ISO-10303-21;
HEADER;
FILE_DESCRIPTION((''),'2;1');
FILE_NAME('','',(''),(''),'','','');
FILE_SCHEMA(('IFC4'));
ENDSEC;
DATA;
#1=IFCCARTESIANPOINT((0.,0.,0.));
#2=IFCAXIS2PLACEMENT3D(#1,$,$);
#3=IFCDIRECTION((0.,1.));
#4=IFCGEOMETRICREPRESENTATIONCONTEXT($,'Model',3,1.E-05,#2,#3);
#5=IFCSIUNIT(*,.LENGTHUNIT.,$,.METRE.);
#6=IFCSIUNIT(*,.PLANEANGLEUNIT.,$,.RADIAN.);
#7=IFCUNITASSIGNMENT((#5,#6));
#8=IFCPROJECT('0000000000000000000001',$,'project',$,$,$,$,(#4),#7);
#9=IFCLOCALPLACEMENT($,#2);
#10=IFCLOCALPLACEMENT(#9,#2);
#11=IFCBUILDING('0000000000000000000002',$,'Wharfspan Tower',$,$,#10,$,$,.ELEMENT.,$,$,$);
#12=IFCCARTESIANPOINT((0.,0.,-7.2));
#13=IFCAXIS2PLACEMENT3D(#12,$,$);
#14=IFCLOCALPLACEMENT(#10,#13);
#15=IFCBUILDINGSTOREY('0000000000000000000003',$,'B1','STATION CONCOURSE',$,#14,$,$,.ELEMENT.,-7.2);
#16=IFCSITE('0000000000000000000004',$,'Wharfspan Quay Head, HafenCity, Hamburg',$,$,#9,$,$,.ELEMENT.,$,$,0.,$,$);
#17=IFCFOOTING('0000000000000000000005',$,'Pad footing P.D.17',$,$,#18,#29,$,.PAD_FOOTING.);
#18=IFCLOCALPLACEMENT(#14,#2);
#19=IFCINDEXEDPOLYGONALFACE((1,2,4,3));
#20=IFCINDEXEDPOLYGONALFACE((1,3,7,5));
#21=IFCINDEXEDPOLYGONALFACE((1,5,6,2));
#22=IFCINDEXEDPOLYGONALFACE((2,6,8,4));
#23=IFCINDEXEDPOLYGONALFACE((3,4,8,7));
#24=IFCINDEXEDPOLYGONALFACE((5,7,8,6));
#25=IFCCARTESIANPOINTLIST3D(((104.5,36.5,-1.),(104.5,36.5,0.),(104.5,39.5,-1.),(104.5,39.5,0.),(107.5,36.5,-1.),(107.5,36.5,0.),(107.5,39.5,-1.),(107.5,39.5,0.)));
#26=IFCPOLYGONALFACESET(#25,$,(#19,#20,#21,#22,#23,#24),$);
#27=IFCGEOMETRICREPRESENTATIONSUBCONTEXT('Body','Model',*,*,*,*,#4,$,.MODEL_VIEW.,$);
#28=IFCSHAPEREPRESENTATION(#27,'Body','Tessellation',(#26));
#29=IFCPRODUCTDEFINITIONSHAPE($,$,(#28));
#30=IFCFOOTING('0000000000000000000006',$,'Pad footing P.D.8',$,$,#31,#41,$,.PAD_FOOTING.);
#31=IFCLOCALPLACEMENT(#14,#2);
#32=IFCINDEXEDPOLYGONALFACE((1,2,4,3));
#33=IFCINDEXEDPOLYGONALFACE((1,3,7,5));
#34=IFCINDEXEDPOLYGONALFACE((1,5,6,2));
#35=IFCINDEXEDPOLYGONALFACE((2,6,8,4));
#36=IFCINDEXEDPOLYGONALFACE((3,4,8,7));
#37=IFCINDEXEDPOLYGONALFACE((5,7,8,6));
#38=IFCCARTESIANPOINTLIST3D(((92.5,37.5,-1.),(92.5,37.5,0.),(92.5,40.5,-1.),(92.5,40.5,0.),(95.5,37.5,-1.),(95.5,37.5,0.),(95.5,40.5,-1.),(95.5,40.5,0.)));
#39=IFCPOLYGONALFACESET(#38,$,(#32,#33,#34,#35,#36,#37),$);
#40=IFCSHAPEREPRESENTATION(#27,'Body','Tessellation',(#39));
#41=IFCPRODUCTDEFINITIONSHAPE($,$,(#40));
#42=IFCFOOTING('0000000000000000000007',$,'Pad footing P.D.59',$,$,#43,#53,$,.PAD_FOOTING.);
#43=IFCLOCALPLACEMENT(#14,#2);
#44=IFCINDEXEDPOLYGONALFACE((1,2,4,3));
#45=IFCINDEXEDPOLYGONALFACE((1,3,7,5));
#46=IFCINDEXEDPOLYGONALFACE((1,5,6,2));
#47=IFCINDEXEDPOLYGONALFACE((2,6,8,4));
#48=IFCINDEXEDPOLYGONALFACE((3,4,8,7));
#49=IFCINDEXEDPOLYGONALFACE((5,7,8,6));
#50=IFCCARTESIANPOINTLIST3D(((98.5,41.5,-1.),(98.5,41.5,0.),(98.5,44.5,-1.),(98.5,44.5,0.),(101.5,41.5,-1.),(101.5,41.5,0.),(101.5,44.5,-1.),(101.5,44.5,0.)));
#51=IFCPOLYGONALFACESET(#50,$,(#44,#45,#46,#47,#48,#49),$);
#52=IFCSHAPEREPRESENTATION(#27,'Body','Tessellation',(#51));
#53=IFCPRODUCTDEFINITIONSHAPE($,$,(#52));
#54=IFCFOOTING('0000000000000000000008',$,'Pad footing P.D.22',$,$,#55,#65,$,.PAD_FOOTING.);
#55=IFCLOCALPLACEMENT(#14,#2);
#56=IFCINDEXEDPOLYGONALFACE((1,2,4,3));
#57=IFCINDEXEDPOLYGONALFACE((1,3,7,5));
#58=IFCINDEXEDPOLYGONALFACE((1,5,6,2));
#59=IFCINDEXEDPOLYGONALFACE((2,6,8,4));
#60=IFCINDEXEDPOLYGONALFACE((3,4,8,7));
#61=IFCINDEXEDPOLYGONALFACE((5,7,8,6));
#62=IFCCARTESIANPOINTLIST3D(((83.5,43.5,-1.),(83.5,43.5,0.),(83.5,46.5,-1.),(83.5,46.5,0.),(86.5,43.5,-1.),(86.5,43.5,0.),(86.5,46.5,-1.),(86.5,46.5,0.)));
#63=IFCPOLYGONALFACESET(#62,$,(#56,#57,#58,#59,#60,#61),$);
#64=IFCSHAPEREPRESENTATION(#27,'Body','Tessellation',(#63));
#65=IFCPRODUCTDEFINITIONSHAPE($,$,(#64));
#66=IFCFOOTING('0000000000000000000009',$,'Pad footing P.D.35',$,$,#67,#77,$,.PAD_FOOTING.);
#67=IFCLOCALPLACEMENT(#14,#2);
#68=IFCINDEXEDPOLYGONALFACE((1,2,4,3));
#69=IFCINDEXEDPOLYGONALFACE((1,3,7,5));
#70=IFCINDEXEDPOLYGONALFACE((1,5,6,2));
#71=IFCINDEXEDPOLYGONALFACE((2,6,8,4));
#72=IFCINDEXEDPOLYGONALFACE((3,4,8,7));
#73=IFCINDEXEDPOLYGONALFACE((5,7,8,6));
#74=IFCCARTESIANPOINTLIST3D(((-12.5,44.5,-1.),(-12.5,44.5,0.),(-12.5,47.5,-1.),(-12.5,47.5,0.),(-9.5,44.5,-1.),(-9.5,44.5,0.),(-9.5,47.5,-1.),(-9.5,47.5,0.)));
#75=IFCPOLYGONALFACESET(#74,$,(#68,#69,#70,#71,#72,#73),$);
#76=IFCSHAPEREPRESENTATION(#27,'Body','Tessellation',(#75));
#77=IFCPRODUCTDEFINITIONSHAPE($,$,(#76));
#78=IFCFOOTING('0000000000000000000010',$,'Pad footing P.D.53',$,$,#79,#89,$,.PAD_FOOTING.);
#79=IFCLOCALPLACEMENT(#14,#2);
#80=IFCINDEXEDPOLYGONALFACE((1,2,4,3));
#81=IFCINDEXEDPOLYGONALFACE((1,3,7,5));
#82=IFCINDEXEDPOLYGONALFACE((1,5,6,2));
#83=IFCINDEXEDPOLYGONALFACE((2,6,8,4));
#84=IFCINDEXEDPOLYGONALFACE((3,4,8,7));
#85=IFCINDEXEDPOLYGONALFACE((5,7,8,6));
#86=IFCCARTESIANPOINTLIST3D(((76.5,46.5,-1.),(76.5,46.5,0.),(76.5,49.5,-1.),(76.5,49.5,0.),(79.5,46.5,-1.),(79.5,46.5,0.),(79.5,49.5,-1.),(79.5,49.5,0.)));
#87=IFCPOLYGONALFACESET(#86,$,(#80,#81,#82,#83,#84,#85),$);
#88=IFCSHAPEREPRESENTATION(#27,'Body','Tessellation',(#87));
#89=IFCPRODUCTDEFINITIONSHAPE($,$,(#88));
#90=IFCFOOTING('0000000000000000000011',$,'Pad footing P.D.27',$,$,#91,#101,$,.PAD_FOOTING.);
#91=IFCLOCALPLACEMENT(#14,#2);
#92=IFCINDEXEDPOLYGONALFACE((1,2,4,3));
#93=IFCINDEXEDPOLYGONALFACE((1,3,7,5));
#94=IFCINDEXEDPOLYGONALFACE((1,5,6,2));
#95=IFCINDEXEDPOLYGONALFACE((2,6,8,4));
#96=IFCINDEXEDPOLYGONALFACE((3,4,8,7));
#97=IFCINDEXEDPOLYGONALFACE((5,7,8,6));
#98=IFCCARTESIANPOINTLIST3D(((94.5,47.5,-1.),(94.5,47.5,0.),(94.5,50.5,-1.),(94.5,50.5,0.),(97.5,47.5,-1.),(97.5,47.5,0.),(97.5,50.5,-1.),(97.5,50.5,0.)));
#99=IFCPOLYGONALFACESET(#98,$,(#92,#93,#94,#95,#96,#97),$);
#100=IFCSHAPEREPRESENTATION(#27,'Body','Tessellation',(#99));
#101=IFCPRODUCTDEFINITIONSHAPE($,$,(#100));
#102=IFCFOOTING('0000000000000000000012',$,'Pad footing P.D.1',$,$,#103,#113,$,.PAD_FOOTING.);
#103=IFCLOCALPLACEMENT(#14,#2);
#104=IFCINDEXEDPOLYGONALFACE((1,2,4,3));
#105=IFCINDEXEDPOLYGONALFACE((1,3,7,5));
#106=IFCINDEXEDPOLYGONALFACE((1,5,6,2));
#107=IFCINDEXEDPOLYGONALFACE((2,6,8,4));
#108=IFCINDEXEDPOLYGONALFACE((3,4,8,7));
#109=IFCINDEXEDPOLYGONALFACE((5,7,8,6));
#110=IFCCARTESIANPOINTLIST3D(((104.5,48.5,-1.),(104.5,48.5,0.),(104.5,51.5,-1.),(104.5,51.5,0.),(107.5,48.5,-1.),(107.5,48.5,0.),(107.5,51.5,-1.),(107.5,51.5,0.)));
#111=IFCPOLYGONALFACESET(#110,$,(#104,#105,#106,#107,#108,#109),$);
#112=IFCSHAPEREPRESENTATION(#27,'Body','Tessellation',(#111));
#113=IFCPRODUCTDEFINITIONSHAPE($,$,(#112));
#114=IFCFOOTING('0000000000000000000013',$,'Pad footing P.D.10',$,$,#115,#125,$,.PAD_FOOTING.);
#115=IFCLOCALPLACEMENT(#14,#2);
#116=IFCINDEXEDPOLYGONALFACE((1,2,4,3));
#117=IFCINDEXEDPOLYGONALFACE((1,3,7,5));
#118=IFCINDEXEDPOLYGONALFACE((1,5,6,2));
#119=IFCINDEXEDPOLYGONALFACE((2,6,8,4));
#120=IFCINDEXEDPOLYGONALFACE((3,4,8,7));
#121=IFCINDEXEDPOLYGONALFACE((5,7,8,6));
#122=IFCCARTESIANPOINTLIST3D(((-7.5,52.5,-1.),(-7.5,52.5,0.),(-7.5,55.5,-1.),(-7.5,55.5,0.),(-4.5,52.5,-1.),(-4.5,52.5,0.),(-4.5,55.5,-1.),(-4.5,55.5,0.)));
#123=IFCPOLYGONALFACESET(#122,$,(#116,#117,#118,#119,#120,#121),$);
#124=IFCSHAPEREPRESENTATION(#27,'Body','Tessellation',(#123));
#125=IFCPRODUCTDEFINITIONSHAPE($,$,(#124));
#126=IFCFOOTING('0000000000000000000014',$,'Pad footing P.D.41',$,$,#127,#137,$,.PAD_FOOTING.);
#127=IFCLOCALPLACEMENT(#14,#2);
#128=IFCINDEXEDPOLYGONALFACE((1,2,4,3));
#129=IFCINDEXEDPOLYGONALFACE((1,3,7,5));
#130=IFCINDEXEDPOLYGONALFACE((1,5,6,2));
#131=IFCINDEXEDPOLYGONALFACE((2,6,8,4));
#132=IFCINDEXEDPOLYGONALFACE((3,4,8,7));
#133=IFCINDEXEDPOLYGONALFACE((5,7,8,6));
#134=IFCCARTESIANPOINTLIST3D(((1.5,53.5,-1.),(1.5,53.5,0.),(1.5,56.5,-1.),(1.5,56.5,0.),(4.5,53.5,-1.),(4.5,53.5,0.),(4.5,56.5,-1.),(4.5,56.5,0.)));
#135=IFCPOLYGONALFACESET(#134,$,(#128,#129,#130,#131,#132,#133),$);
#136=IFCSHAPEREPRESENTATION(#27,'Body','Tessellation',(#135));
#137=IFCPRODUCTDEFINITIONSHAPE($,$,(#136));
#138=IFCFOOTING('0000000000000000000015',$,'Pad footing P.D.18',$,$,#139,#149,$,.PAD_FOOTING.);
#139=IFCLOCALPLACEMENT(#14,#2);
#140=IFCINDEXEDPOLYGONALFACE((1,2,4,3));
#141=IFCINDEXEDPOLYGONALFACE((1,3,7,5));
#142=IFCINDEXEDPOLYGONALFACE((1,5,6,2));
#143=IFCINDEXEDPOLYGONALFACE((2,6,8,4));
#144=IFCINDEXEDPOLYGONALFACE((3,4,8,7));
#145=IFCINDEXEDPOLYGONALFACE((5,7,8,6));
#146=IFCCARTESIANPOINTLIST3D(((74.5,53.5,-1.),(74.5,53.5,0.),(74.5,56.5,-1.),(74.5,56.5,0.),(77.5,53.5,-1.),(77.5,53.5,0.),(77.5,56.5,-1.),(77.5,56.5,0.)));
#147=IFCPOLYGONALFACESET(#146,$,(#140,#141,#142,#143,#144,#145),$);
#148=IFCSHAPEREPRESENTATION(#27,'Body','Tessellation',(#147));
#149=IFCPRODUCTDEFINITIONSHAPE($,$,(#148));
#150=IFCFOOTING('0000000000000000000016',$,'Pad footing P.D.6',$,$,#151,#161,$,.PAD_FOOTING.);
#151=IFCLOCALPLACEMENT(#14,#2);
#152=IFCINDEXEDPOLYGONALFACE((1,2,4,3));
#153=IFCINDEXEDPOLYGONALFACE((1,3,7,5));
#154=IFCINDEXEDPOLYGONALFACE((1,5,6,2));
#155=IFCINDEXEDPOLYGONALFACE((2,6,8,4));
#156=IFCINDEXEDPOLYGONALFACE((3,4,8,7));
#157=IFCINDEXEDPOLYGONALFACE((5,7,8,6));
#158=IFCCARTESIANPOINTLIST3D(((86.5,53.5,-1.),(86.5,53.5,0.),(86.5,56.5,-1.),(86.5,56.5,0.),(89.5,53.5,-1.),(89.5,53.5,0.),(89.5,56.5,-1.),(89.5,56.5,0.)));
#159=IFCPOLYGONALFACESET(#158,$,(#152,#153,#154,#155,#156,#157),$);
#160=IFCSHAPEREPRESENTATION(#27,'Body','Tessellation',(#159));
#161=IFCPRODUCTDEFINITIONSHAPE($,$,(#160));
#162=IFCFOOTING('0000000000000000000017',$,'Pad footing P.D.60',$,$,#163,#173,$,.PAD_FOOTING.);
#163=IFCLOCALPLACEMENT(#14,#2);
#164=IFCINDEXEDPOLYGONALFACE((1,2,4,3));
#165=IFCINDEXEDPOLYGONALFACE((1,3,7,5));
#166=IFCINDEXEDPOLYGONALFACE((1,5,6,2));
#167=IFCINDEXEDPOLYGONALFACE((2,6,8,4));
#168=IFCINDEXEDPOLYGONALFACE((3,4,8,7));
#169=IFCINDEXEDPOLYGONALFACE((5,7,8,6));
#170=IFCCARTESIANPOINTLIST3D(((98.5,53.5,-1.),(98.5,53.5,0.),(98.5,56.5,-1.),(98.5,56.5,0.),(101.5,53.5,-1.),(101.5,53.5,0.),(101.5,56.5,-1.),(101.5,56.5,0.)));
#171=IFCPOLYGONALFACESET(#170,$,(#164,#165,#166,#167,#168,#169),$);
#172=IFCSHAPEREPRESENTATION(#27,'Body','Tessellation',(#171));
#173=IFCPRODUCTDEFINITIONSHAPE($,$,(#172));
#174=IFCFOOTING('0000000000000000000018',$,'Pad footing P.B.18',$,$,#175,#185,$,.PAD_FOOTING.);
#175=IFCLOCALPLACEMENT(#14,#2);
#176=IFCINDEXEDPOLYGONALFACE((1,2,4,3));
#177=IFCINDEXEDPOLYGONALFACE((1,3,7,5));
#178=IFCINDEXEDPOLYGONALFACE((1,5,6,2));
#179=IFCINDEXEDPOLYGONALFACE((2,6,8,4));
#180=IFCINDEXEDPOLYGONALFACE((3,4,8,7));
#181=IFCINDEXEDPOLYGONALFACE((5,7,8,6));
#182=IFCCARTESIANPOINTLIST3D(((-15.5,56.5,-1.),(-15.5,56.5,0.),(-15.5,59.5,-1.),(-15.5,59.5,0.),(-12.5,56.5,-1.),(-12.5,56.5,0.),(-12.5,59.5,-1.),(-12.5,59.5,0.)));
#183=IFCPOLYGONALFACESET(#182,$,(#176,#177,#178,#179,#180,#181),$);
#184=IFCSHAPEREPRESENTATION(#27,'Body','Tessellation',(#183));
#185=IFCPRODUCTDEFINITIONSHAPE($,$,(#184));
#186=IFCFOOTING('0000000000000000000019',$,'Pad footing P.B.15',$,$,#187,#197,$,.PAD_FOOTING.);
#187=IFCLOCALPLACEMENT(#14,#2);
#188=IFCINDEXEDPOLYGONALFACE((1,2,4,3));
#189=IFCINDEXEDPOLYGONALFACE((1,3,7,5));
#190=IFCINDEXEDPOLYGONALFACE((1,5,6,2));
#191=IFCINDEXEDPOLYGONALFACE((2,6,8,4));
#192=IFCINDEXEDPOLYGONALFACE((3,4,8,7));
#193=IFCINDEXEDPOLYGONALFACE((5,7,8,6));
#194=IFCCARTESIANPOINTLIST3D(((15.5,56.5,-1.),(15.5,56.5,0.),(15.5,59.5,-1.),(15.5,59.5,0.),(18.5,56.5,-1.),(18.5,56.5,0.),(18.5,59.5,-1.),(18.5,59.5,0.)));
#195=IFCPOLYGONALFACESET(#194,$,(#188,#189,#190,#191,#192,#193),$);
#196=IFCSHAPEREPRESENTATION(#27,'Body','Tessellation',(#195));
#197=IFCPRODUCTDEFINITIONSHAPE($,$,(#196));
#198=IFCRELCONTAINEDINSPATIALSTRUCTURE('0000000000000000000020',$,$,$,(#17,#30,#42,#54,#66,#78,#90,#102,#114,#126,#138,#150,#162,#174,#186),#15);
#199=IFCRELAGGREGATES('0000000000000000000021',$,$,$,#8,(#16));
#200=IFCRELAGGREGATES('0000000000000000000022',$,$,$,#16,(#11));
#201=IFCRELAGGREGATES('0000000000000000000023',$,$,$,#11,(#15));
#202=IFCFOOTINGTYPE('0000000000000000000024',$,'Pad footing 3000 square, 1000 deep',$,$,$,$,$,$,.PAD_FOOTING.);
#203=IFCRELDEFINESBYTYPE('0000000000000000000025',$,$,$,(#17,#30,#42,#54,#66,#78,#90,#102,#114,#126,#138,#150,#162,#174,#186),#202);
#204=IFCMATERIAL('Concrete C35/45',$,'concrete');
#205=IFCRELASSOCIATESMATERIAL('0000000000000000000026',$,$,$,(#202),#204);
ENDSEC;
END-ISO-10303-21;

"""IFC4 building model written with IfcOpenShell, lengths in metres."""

from ifc_helpers import new_model, si_unit, direction, frame, origin, place, context, subcontext, project, spatial, polyline, outline, extrude, material, type_object, element, save


model = new_model("IFC4")

# Units and contexts
model_context = context("Model", 3, precision=1e-05, world=origin(), true_north=direction((0.0, 1.0)))
body_context = subcontext(model_context, "Body", "Model", "MODEL_VIEW")
ifc_project = project(units=[si_unit("LENGTHUNIT", "METRE"), si_unit("PLANEANGLEUNIT", "RADIAN")], contexts=[model_context])

# Site, building, storey
site_placement = place(None, origin())
site = spatial("IfcSite", under=ifc_project, at=site_placement, Name="Wharfspan Quay Head, HafenCity, Hamburg", CompositionType="ELEMENT", RefElevation=0.0)
building_placement = place(site_placement, origin())
building = spatial("IfcBuilding", under=site, at=building_placement, Name="Wharfspan Tower", CompositionType="ELEMENT")
storey_placement = place(building_placement, frame((0.0, 0.0, -7.2)))
storey = spatial("IfcBuildingStorey", under=building, at=storey_placement, Name="B1", Description="STATION CONCOURSE", CompositionType="ELEMENT", Elevation=-7.2)

# Shared definitions
ifc_material_1 = material(Name="Concrete C35/45", Category="concrete")

# Footings
footing_type_1 = type_object("IfcFootingType", Name="Pad footing 3000 square, 1000 deep", PredefinedType="PAD_FOOTING", material=ifc_material_1)
footing_1_placement = place(storey_placement, frame((0.0, 0.0, -1.0)))
element("IfcFooting", 1, at=footing_1_placement, inside=storey, type_object=footing_type_1, Name="Pad footing P.D.17", PredefinedType="PAD_FOOTING", context=body_context, shape_type="SweptSolid", body=[
    extrude(outline(polyline([(104.5, 36.5), (107.5, 36.5), (107.5, 39.5), (104.5, 39.5), (104.5, 36.5)])), origin(), (0.0, 0.0, 1.0), 1.0),
])
footing_2_placement = place(storey_placement, frame((0.0, 0.0, -1.0)))
element("IfcFooting", 2, at=footing_2_placement, inside=storey, type_object=footing_type_1, Name="Pad footing P.D.8", PredefinedType="PAD_FOOTING", context=body_context, shape_type="SweptSolid", body=[
    extrude(outline(polyline([(92.5, 37.5), (95.5, 37.5), (95.5, 40.5), (92.5, 40.5), (92.5, 37.5)])), origin(), (0.0, 0.0, 1.0), 1.0),
])
footing_3_placement = place(storey_placement, frame((0.0, 0.0, -1.0)))
element("IfcFooting", 3, at=footing_3_placement, inside=storey, type_object=footing_type_1, Name="Pad footing P.D.59", PredefinedType="PAD_FOOTING", context=body_context, shape_type="SweptSolid", body=[
    extrude(outline(polyline([(98.5, 41.5), (101.5, 41.5), (101.5, 44.5), (98.5, 44.5), (98.5, 41.5)])), origin(), (0.0, 0.0, 1.0), 1.0),
])
footing_4_placement = place(storey_placement, frame((0.0, 0.0, -1.0)))
element("IfcFooting", 4, at=footing_4_placement, inside=storey, type_object=footing_type_1, Name="Pad footing P.D.22", PredefinedType="PAD_FOOTING", context=body_context, shape_type="SweptSolid", body=[
    extrude(outline(polyline([(83.5, 43.5), (86.5, 43.5), (86.5, 46.5), (83.5, 46.5), (83.5, 43.5)])), origin(), (0.0, 0.0, 1.0), 1.0),
])
footing_5_placement = place(storey_placement, frame((0.0, 0.0, -1.0)))
element("IfcFooting", 5, at=footing_5_placement, inside=storey, type_object=footing_type_1, Name="Pad footing P.D.35", PredefinedType="PAD_FOOTING", context=body_context, shape_type="SweptSolid", body=[
    extrude(outline(polyline([(-12.5, 44.5), (-9.5, 44.5), (-9.5, 47.5), (-12.5, 47.5), (-12.5, 44.5)])), origin(), (0.0, 0.0, 1.0), 1.0),
])
footing_6_placement = place(storey_placement, frame((0.0, 0.0, -1.0)))
element("IfcFooting", 6, at=footing_6_placement, inside=storey, type_object=footing_type_1, Name="Pad footing P.D.53", PredefinedType="PAD_FOOTING", context=body_context, shape_type="SweptSolid", body=[
    extrude(outline(polyline([(76.5, 46.5), (79.5, 46.5), (79.5, 49.5), (76.5, 49.5), (76.5, 46.5)])), origin(), (0.0, 0.0, 1.0), 1.0),
])
footing_7_placement = place(storey_placement, frame((0.0, 0.0, -1.0)))
element("IfcFooting", 7, at=footing_7_placement, inside=storey, type_object=footing_type_1, Name="Pad footing P.D.27", PredefinedType="PAD_FOOTING", context=body_context, shape_type="SweptSolid", body=[
    extrude(outline(polyline([(94.5, 47.5), (97.5, 47.5), (97.5, 50.5), (94.5, 50.5), (94.5, 47.5)])), origin(), (0.0, 0.0, 1.0), 1.0),
])
footing_8_placement = place(storey_placement, frame((0.0, 0.0, -1.0)))
element("IfcFooting", 8, at=footing_8_placement, inside=storey, type_object=footing_type_1, Name="Pad footing P.D.1", PredefinedType="PAD_FOOTING", context=body_context, shape_type="SweptSolid", body=[
    extrude(outline(polyline([(104.5, 48.5), (107.5, 48.5), (107.5, 51.5), (104.5, 51.5), (104.5, 48.5)])), origin(), (0.0, 0.0, 1.0), 1.0),
])
footing_9_placement = place(storey_placement, frame((0.0, 0.0, -1.0)))
element("IfcFooting", 9, at=footing_9_placement, inside=storey, type_object=footing_type_1, Name="Pad footing P.D.10", PredefinedType="PAD_FOOTING", context=body_context, shape_type="SweptSolid", body=[
    extrude(outline(polyline([(-7.5, 52.5), (-4.5, 52.5), (-4.5, 55.5), (-7.5, 55.5), (-7.5, 52.5)])), origin(), (0.0, 0.0, 1.0), 1.0),
])
footing_10_placement = place(storey_placement, frame((0.0, 0.0, -1.0)))
element("IfcFooting", 10, at=footing_10_placement, inside=storey, type_object=footing_type_1, Name="Pad footing P.D.41", PredefinedType="PAD_FOOTING", context=body_context, shape_type="SweptSolid", body=[
    extrude(outline(polyline([(1.5, 53.5), (4.5, 53.5), (4.5, 56.5), (1.5, 56.5), (1.5, 53.5)])), origin(), (0.0, 0.0, 1.0), 1.0),
])
footing_11_placement = place(storey_placement, frame((0.0, 0.0, -1.0)))
element("IfcFooting", 11, at=footing_11_placement, inside=storey, type_object=footing_type_1, Name="Pad footing P.D.18", PredefinedType="PAD_FOOTING", context=body_context, shape_type="SweptSolid", body=[
    extrude(outline(polyline([(74.5, 53.5), (77.5, 53.5), (77.5, 56.5), (74.5, 56.5), (74.5, 53.5)])), origin(), (0.0, 0.0, 1.0), 1.0),
])
footing_12_placement = place(storey_placement, frame((0.0, 0.0, -1.0)))
element("IfcFooting", 12, at=footing_12_placement, inside=storey, type_object=footing_type_1, Name="Pad footing P.D.6", PredefinedType="PAD_FOOTING", context=body_context, shape_type="SweptSolid", body=[
    extrude(outline(polyline([(86.5, 53.5), (89.5, 53.5), (89.5, 56.5), (86.5, 56.5), (86.5, 53.5)])), origin(), (0.0, 0.0, 1.0), 1.0),
])
footing_13_placement = place(storey_placement, frame((0.0, 0.0, -1.0)))
element("IfcFooting", 13, at=footing_13_placement, inside=storey, type_object=footing_type_1, Name="Pad footing P.D.60", PredefinedType="PAD_FOOTING", context=body_context, shape_type="SweptSolid", body=[
    extrude(outline(polyline([(98.5, 53.5), (101.5, 53.5), (101.5, 56.5), (98.5, 56.5), (98.5, 53.5)])), origin(), (0.0, 0.0, 1.0), 1.0),
])
footing_14_placement = place(storey_placement, frame((0.0, 0.0, -1.0)))
element("IfcFooting", 14, at=footing_14_placement, inside=storey, type_object=footing_type_1, Name="Pad footing P.B.18", PredefinedType="PAD_FOOTING", context=body_context, shape_type="SweptSolid", body=[
    extrude(outline(polyline([(-15.5, 56.5), (-12.5, 56.5), (-12.5, 59.5), (-15.5, 59.5), (-15.5, 56.5)])), origin(), (0.0, 0.0, 1.0), 1.0),
])
footing_15_placement = place(storey_placement, frame((0.0, 0.0, -1.0)))
element("IfcFooting", 15, at=footing_15_placement, inside=storey, type_object=footing_type_1, Name="Pad footing P.B.15", PredefinedType="PAD_FOOTING", context=body_context, shape_type="SweptSolid", body=[
    extrude(outline(polyline([(15.5, 56.5), (18.5, 56.5), (18.5, 59.5), (15.5, 59.5), (15.5, 56.5)])), origin(), (0.0, 0.0, 1.0), 1.0),
])

save(model, "model.ifc")
